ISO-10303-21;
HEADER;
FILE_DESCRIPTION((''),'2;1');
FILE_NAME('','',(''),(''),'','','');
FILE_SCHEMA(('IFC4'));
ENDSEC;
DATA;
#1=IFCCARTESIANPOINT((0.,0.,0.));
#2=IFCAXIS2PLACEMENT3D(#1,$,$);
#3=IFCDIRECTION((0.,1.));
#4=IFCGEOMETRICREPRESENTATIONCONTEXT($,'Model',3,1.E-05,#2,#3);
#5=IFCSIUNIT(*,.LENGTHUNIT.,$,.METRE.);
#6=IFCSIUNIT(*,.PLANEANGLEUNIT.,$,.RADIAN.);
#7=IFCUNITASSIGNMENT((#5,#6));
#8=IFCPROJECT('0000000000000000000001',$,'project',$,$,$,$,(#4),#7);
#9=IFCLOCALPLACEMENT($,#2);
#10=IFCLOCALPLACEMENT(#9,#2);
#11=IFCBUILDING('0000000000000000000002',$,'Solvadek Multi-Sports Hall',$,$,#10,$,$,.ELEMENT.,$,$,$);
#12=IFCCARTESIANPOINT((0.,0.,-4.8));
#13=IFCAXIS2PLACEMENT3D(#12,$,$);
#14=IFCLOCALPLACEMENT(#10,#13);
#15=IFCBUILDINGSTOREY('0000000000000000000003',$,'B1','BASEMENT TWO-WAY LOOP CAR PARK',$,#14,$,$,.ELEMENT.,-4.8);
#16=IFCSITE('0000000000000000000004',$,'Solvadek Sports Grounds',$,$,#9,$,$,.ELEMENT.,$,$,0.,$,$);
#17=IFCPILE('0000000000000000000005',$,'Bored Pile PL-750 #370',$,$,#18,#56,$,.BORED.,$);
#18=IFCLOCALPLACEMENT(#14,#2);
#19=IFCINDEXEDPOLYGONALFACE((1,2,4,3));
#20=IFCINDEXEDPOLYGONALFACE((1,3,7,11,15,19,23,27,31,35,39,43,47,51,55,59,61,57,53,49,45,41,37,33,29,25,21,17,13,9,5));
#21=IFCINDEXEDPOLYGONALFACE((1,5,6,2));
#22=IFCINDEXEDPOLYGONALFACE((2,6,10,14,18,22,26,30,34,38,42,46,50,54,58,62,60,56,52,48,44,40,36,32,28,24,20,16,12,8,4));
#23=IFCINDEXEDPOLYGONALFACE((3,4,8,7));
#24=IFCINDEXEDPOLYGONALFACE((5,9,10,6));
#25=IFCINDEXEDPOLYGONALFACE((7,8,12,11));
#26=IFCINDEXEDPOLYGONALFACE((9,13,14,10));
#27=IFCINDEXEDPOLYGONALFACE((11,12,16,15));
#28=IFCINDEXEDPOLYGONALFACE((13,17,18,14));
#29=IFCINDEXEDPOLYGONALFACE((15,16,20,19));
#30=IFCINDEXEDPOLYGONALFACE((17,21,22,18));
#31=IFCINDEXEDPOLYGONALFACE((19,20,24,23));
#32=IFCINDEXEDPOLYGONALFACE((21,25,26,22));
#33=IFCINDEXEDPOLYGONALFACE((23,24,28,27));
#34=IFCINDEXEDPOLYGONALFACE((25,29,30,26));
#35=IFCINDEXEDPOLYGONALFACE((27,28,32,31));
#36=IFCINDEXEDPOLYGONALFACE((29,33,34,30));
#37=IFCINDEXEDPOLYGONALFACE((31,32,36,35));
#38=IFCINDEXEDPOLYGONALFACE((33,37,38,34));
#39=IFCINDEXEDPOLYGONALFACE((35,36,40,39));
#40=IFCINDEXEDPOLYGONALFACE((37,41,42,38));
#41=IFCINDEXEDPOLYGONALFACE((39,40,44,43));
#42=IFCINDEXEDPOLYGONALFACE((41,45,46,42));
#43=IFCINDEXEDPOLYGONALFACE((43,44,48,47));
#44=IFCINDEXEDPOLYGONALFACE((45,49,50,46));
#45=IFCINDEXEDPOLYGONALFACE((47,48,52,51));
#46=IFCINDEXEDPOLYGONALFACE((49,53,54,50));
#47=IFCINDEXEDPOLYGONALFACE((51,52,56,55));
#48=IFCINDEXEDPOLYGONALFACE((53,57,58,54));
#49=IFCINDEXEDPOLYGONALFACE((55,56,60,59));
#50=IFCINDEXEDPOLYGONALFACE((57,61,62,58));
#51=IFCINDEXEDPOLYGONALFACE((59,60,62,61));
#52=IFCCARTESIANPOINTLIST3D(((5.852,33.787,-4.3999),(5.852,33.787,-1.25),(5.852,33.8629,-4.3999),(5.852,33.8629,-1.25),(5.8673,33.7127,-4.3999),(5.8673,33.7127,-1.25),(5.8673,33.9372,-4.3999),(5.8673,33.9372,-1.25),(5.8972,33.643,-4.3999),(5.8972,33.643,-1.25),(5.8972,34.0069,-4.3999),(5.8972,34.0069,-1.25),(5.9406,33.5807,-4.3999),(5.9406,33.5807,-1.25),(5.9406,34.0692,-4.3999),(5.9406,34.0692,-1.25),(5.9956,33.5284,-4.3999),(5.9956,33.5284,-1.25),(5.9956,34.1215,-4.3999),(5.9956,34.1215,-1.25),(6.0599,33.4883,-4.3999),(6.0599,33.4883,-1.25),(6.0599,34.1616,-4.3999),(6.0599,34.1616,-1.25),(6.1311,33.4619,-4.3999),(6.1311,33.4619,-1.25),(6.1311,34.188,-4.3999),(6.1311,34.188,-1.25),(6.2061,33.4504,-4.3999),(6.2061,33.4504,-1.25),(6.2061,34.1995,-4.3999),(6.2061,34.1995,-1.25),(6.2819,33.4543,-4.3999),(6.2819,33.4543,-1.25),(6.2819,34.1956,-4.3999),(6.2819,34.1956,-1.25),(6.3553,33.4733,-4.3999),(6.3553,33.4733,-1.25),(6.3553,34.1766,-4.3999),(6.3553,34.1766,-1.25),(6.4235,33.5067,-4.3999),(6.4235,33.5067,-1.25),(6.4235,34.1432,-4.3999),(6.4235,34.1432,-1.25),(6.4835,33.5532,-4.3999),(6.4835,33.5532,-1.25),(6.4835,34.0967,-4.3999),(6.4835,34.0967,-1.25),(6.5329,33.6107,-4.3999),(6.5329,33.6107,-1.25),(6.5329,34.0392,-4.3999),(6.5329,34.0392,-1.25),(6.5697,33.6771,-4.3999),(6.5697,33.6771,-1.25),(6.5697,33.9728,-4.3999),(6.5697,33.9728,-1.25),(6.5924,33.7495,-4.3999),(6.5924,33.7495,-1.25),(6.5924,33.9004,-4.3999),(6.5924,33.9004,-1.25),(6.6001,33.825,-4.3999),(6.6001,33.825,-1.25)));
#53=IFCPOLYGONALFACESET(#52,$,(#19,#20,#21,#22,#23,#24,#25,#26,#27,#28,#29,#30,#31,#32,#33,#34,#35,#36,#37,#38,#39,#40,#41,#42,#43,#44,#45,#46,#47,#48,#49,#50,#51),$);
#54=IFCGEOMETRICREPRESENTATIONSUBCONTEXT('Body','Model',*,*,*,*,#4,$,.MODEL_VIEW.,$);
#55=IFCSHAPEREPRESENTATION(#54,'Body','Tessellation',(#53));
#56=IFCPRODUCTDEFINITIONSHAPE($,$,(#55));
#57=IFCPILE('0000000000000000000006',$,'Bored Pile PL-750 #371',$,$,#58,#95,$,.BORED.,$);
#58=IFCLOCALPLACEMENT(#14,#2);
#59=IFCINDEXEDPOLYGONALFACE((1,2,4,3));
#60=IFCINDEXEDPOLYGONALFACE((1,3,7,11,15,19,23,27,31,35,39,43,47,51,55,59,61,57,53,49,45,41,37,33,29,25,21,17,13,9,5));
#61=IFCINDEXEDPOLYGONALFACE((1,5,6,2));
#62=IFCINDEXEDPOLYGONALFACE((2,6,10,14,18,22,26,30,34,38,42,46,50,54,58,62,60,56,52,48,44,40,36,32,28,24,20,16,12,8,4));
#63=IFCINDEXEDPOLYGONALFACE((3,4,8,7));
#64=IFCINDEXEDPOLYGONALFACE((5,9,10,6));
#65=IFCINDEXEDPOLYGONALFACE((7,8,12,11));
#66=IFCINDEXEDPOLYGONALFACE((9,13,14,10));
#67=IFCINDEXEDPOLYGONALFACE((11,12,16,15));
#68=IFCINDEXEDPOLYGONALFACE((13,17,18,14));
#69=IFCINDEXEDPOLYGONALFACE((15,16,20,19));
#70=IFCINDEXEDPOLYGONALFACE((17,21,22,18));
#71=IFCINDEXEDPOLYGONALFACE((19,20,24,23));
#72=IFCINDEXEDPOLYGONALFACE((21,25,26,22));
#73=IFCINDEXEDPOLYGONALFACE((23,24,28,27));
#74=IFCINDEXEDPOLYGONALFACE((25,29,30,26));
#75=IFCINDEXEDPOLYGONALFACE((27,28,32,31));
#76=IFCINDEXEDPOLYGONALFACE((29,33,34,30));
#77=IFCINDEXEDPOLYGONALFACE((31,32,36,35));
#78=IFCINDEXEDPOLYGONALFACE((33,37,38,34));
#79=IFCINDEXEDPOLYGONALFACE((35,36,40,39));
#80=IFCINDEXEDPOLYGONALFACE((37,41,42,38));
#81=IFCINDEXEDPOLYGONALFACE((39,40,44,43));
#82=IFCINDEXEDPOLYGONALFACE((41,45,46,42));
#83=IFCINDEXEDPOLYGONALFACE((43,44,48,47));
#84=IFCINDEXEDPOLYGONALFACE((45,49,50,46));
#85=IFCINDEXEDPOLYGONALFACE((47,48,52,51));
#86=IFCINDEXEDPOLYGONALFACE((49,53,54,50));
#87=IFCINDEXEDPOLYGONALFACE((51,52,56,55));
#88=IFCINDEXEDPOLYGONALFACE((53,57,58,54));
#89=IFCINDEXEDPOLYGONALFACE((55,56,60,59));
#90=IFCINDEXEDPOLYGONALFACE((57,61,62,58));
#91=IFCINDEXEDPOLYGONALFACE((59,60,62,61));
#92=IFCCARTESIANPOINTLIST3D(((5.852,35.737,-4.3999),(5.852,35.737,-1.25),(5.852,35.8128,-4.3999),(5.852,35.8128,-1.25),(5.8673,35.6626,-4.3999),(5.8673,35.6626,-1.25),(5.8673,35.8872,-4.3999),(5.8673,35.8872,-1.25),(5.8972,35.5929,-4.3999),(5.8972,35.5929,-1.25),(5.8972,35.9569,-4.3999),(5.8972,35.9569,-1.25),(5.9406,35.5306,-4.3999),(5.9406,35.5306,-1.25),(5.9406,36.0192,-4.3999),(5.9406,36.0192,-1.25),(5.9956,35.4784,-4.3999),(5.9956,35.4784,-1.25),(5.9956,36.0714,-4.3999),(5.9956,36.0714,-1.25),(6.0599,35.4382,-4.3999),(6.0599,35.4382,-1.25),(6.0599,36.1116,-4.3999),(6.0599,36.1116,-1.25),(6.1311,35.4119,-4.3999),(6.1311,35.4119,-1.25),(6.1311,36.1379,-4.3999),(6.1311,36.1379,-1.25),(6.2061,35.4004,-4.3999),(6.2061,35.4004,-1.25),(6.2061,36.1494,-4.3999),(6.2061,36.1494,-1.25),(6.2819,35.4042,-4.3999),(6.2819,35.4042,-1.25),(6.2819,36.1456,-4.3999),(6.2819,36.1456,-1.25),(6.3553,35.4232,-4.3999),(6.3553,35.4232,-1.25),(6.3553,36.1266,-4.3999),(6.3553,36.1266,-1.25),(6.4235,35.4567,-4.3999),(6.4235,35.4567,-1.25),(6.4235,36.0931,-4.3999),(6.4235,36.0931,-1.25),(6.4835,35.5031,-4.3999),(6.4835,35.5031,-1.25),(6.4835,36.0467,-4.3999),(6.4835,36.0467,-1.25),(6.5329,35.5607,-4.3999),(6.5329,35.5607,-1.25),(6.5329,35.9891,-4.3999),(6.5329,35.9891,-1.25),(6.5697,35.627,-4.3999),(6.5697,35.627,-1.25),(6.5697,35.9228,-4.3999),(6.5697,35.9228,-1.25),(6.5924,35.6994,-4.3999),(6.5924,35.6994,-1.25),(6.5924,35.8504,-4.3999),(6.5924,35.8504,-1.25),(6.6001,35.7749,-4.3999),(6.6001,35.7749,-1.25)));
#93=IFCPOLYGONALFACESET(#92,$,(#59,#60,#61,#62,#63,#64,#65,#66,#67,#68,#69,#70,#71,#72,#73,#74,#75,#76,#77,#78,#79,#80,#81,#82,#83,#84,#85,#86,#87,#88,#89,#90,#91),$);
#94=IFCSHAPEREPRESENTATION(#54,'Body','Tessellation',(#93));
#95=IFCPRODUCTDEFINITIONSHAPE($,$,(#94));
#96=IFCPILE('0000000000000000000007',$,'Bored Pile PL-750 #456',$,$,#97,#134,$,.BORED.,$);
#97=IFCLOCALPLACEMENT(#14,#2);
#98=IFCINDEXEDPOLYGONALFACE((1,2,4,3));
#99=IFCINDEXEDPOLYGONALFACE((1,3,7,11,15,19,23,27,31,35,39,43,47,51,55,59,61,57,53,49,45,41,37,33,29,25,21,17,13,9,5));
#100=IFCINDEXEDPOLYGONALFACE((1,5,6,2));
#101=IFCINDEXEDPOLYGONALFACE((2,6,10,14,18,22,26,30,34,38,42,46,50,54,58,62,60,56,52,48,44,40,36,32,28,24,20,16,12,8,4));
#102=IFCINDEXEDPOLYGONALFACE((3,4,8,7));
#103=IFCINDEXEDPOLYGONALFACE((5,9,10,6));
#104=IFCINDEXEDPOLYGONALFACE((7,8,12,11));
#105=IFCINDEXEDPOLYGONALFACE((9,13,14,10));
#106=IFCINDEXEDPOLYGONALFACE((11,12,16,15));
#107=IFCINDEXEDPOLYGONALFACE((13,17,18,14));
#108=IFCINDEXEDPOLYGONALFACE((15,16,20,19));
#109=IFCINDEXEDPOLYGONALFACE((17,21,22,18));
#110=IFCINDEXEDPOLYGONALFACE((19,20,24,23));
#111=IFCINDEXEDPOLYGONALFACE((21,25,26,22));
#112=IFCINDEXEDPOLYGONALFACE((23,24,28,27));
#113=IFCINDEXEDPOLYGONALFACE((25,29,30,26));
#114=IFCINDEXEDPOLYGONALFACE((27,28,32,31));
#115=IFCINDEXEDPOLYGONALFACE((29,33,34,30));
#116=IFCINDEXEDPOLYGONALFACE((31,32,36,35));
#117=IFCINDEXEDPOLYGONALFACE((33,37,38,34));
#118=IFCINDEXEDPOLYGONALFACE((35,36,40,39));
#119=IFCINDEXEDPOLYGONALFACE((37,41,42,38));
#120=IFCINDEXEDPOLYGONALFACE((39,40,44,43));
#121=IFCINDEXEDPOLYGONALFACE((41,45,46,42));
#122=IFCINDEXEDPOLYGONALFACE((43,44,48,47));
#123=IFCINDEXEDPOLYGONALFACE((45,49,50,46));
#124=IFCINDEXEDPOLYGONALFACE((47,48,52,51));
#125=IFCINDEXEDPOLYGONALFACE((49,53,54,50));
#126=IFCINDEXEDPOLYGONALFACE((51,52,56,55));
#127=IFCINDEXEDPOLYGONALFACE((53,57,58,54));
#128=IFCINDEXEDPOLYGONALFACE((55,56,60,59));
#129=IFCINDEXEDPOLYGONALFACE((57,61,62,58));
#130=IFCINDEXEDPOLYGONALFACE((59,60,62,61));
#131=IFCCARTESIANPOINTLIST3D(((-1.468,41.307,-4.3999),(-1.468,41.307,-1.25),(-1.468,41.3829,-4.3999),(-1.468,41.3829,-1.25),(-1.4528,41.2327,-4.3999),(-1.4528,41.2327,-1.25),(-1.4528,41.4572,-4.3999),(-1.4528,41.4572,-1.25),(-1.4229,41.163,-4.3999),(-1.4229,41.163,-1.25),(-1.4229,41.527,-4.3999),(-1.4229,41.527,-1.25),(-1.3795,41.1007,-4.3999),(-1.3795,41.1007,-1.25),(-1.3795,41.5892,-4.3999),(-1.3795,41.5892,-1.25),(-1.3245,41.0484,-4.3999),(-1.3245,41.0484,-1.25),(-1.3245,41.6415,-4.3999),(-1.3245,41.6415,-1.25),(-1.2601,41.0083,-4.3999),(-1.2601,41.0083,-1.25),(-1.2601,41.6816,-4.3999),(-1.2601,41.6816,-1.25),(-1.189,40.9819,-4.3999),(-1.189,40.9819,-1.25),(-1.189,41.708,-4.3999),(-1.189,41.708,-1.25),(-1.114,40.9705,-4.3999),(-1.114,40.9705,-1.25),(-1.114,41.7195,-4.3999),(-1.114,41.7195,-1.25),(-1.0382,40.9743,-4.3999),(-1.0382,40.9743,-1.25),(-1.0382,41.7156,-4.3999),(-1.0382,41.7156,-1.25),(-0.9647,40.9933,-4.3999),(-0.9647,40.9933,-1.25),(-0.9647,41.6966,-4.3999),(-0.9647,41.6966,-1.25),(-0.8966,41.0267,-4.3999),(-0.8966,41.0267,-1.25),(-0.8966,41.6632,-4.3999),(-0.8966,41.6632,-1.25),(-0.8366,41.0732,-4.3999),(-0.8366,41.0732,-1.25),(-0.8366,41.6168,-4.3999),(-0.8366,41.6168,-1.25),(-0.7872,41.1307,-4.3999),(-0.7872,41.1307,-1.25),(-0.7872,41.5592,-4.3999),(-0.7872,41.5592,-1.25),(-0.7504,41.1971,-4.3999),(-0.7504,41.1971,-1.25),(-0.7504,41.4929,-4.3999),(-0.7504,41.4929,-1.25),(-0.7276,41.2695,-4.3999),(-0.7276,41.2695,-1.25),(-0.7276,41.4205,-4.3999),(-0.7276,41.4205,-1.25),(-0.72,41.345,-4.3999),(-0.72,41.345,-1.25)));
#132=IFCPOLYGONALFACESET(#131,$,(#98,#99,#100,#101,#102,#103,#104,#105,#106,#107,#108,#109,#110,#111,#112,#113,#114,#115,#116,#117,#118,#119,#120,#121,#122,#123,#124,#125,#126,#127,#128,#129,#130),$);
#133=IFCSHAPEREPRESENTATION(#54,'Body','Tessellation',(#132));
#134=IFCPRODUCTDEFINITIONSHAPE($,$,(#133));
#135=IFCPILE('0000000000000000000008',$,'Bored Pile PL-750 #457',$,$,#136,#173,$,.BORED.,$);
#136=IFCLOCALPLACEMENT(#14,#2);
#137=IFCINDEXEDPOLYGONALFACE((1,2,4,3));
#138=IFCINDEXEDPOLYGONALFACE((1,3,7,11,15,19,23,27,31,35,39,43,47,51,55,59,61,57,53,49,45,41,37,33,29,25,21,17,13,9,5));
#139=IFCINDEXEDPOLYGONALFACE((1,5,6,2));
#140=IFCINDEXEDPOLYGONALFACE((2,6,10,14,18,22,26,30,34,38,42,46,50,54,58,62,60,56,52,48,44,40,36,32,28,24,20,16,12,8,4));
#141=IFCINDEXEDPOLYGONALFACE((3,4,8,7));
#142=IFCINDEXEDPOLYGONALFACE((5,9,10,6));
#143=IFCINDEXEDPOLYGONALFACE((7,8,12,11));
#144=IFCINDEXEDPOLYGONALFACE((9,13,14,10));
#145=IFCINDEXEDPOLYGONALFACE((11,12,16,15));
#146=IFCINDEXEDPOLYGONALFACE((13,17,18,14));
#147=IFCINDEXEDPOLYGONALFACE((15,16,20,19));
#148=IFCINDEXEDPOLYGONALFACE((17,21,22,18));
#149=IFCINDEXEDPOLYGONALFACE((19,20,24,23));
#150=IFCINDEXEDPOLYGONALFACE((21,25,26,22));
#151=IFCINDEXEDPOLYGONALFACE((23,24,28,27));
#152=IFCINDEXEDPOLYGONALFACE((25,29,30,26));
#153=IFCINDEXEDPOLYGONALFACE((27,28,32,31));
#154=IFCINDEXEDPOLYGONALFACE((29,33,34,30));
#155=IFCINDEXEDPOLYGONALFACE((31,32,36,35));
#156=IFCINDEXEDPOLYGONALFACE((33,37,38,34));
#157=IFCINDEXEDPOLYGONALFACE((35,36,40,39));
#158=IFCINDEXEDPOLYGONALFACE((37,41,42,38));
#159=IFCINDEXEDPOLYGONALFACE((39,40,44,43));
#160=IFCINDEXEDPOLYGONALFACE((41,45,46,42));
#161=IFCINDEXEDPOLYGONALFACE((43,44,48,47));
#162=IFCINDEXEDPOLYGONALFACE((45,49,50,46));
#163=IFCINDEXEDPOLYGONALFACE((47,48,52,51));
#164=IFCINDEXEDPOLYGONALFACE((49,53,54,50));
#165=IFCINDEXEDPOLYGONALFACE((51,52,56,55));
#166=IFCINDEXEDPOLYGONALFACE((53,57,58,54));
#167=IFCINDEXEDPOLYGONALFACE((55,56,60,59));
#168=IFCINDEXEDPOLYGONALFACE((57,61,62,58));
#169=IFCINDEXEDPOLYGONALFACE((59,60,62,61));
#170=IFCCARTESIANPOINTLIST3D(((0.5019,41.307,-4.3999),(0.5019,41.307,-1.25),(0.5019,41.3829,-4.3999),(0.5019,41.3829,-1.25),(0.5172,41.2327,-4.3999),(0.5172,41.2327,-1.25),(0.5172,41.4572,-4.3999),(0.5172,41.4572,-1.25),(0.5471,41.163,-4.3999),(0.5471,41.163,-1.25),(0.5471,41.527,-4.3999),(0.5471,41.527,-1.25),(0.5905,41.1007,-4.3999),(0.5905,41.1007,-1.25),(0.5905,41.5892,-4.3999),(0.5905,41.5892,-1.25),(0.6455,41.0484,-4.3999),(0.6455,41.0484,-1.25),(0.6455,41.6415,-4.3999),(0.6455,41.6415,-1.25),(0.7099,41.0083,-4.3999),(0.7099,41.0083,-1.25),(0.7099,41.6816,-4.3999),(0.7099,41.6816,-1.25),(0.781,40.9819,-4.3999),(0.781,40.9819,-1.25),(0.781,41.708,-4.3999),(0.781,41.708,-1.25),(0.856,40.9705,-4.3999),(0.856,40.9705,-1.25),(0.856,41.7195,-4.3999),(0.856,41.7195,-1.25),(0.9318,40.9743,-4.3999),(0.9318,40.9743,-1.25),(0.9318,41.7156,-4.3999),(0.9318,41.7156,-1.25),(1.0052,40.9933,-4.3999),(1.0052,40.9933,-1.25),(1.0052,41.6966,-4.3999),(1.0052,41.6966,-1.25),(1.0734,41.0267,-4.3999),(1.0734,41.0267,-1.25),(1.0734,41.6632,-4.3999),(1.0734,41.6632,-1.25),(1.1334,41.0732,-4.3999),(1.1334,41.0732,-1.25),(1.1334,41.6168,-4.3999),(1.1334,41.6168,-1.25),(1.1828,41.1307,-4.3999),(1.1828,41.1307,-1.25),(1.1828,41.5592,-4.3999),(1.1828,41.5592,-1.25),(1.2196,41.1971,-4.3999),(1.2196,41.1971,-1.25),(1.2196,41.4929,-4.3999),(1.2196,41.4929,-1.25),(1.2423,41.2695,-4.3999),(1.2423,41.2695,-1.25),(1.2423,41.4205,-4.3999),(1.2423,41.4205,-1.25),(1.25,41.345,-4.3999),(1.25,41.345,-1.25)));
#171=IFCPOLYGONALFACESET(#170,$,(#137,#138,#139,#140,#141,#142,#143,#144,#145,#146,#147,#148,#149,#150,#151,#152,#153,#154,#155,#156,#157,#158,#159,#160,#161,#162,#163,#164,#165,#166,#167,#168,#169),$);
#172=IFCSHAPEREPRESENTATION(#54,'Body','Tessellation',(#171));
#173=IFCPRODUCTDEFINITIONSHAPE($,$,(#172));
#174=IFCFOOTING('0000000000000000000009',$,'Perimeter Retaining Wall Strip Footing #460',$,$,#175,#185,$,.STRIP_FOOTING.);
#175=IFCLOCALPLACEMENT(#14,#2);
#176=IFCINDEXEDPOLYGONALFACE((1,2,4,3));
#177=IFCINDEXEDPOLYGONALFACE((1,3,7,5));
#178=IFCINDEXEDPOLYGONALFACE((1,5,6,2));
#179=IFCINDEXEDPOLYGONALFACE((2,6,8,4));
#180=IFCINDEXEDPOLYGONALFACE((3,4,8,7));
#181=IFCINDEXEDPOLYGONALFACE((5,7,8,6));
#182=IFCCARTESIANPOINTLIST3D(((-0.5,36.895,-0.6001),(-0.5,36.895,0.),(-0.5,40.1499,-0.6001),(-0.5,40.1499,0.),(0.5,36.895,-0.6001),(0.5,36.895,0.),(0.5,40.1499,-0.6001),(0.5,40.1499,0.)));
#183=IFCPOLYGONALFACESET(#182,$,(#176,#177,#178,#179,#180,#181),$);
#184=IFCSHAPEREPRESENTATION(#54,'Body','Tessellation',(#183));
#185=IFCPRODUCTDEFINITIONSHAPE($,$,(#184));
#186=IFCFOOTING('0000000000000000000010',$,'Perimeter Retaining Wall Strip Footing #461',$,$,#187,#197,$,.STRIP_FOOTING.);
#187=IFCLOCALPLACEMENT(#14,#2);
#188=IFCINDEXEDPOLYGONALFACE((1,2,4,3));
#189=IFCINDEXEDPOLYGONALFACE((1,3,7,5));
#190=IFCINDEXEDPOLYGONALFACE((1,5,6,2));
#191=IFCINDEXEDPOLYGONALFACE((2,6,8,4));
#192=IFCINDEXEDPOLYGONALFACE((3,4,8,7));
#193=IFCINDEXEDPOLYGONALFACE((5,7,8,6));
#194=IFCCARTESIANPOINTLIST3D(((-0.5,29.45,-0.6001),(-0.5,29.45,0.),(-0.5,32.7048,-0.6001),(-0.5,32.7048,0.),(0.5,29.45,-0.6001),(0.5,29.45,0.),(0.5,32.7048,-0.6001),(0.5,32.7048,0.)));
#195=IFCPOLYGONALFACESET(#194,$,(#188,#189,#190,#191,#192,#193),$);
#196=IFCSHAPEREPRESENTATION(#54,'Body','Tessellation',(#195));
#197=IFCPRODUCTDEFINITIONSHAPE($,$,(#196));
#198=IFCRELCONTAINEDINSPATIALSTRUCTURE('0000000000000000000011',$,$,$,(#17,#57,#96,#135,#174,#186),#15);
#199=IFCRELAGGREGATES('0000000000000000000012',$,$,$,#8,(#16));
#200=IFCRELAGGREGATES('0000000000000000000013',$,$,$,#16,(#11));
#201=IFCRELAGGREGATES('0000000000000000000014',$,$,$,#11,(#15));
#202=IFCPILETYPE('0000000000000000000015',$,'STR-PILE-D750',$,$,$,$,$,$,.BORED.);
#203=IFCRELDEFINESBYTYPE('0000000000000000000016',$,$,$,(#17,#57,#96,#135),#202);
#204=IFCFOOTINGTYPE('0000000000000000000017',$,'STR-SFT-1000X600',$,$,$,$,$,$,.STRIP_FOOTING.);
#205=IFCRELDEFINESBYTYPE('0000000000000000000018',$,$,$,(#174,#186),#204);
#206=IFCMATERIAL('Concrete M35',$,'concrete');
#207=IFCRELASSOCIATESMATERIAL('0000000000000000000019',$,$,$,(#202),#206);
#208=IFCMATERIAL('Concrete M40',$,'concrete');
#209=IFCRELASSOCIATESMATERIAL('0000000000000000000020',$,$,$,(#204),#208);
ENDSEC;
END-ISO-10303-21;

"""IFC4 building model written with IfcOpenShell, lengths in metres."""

from ifc_helpers import new_model, si_unit, direction, frame, origin, origin_2d, place, context, subcontext, project, spatial, rectangle, circle, extrude, material, material_profile, profile_set, type_object, element, save


model = new_model("IFC4")

# Units and contexts
model_context = context("Model", 3, precision=1e-05, world=origin(), true_north=direction((0.0, 1.0)))
body_context = subcontext(model_context, "Body", "Model", "MODEL_VIEW")
ifc_project = project(units=[si_unit("LENGTHUNIT", "METRE"), si_unit("PLANEANGLEUNIT", "RADIAN")], contexts=[model_context])

# Site, building, storey
site_placement = place(None, origin())
site = spatial("IfcSite", under=ifc_project, at=site_placement, Name="Solvadek Sports Grounds", CompositionType="ELEMENT", RefElevation=0.0)
building_placement = place(site_placement, origin())
building = spatial("IfcBuilding", under=site, at=building_placement, Name="Solvadek Multi-Sports Hall", CompositionType="ELEMENT")
storey_placement = place(building_placement, frame((0.0, 0.0, -4.8)))
storey = spatial("IfcBuildingStorey", under=building, at=storey_placement, Name="B1", Description="BASEMENT TWO-WAY LOOP CAR PARK", CompositionType="ELEMENT", Elevation=-4.8)

# Shared definitions
ifc_material_1 = material(Name="Concrete M40", Category="concrete")

# Piles
ifc_material_2 = material(Name="Concrete M35", Category="concrete")
ifc_material_profile_1 = material_profile(ifc_material_2, circle(Radius=0.375, at=origin_2d()), Name="BORED PILE D750")
ifc_profile_set_1 = profile_set([ifc_material_profile_1], Name="Concrete M35")
pile_type = type_object("IfcPileType", Name="STR-PILE-D750", PredefinedType="BORED", material=ifc_profile_set_1)
for number, where, z_axis, x_axis, name in (
    (1, (6.2251, 33.825, -1.25), (0.0, 0.0, -1.0), (1.0, 0.0, 0.0), "Bored Pile PL-750 #370"),
    (2, (6.2251, 35.7749, -1.25), (0.0, 0.0, -1.0), (1.0, 0.0, 0.0), "Bored Pile PL-750 #371"),
    (3, (-1.095, 41.345, -1.25), (0.0, 0.0, -1.0), (1.0, 0.0, 0.0), "Bored Pile PL-750 #456"),
    (4, (0.875, 41.345, -1.25), (0.0, 0.0, -1.0), (1.0, 0.0, 0.0), "Bored Pile PL-750 #457"),
):
    element("IfcPile", number, at=place(storey_placement, frame(where, z_axis=z_axis, x_axis=x_axis)), inside=storey, type_object=pile_type, Name=name, PredefinedType="BORED", context=body_context, shape_type="SweptSolid", body=[
        extrude(circle(Radius=0.375, at=origin_2d()), origin(), (0.0, 0.0, 1.0), 3.1499),
    ])

# Footings
footing_type_1 = type_object("IfcFootingType", Name="STR-SFT-1000X600", PredefinedType="STRIP_FOOTING", material=ifc_material_1)
for number, where, z_axis, x_axis, name in (
    (5, (0.0, 38.5225, -0.6001), (0.0, 0.0, 1.0), (0.0, -1.0, 0.0), "Perimeter Retaining Wall Strip Footing #460"),
    (6, (0.0, 31.0774, -0.6001), (0.0, 0.0, 1.0), (0.0, -1.0, 0.0), "Perimeter Retaining Wall Strip Footing #461"),
):
    element("IfcFooting", number, at=place(storey_placement, frame(where, z_axis=z_axis, x_axis=x_axis)), inside=storey, type_object=footing_type_1, Name=name, PredefinedType="STRIP_FOOTING", context=body_context, shape_type="SweptSolid", body=[
        extrude(rectangle(XDim=3.2549, YDim=1.0, at=origin_2d()), origin(), (0.0, 0.0, 1.0), 0.6001),
    ])

save(model, "model.ifc")
